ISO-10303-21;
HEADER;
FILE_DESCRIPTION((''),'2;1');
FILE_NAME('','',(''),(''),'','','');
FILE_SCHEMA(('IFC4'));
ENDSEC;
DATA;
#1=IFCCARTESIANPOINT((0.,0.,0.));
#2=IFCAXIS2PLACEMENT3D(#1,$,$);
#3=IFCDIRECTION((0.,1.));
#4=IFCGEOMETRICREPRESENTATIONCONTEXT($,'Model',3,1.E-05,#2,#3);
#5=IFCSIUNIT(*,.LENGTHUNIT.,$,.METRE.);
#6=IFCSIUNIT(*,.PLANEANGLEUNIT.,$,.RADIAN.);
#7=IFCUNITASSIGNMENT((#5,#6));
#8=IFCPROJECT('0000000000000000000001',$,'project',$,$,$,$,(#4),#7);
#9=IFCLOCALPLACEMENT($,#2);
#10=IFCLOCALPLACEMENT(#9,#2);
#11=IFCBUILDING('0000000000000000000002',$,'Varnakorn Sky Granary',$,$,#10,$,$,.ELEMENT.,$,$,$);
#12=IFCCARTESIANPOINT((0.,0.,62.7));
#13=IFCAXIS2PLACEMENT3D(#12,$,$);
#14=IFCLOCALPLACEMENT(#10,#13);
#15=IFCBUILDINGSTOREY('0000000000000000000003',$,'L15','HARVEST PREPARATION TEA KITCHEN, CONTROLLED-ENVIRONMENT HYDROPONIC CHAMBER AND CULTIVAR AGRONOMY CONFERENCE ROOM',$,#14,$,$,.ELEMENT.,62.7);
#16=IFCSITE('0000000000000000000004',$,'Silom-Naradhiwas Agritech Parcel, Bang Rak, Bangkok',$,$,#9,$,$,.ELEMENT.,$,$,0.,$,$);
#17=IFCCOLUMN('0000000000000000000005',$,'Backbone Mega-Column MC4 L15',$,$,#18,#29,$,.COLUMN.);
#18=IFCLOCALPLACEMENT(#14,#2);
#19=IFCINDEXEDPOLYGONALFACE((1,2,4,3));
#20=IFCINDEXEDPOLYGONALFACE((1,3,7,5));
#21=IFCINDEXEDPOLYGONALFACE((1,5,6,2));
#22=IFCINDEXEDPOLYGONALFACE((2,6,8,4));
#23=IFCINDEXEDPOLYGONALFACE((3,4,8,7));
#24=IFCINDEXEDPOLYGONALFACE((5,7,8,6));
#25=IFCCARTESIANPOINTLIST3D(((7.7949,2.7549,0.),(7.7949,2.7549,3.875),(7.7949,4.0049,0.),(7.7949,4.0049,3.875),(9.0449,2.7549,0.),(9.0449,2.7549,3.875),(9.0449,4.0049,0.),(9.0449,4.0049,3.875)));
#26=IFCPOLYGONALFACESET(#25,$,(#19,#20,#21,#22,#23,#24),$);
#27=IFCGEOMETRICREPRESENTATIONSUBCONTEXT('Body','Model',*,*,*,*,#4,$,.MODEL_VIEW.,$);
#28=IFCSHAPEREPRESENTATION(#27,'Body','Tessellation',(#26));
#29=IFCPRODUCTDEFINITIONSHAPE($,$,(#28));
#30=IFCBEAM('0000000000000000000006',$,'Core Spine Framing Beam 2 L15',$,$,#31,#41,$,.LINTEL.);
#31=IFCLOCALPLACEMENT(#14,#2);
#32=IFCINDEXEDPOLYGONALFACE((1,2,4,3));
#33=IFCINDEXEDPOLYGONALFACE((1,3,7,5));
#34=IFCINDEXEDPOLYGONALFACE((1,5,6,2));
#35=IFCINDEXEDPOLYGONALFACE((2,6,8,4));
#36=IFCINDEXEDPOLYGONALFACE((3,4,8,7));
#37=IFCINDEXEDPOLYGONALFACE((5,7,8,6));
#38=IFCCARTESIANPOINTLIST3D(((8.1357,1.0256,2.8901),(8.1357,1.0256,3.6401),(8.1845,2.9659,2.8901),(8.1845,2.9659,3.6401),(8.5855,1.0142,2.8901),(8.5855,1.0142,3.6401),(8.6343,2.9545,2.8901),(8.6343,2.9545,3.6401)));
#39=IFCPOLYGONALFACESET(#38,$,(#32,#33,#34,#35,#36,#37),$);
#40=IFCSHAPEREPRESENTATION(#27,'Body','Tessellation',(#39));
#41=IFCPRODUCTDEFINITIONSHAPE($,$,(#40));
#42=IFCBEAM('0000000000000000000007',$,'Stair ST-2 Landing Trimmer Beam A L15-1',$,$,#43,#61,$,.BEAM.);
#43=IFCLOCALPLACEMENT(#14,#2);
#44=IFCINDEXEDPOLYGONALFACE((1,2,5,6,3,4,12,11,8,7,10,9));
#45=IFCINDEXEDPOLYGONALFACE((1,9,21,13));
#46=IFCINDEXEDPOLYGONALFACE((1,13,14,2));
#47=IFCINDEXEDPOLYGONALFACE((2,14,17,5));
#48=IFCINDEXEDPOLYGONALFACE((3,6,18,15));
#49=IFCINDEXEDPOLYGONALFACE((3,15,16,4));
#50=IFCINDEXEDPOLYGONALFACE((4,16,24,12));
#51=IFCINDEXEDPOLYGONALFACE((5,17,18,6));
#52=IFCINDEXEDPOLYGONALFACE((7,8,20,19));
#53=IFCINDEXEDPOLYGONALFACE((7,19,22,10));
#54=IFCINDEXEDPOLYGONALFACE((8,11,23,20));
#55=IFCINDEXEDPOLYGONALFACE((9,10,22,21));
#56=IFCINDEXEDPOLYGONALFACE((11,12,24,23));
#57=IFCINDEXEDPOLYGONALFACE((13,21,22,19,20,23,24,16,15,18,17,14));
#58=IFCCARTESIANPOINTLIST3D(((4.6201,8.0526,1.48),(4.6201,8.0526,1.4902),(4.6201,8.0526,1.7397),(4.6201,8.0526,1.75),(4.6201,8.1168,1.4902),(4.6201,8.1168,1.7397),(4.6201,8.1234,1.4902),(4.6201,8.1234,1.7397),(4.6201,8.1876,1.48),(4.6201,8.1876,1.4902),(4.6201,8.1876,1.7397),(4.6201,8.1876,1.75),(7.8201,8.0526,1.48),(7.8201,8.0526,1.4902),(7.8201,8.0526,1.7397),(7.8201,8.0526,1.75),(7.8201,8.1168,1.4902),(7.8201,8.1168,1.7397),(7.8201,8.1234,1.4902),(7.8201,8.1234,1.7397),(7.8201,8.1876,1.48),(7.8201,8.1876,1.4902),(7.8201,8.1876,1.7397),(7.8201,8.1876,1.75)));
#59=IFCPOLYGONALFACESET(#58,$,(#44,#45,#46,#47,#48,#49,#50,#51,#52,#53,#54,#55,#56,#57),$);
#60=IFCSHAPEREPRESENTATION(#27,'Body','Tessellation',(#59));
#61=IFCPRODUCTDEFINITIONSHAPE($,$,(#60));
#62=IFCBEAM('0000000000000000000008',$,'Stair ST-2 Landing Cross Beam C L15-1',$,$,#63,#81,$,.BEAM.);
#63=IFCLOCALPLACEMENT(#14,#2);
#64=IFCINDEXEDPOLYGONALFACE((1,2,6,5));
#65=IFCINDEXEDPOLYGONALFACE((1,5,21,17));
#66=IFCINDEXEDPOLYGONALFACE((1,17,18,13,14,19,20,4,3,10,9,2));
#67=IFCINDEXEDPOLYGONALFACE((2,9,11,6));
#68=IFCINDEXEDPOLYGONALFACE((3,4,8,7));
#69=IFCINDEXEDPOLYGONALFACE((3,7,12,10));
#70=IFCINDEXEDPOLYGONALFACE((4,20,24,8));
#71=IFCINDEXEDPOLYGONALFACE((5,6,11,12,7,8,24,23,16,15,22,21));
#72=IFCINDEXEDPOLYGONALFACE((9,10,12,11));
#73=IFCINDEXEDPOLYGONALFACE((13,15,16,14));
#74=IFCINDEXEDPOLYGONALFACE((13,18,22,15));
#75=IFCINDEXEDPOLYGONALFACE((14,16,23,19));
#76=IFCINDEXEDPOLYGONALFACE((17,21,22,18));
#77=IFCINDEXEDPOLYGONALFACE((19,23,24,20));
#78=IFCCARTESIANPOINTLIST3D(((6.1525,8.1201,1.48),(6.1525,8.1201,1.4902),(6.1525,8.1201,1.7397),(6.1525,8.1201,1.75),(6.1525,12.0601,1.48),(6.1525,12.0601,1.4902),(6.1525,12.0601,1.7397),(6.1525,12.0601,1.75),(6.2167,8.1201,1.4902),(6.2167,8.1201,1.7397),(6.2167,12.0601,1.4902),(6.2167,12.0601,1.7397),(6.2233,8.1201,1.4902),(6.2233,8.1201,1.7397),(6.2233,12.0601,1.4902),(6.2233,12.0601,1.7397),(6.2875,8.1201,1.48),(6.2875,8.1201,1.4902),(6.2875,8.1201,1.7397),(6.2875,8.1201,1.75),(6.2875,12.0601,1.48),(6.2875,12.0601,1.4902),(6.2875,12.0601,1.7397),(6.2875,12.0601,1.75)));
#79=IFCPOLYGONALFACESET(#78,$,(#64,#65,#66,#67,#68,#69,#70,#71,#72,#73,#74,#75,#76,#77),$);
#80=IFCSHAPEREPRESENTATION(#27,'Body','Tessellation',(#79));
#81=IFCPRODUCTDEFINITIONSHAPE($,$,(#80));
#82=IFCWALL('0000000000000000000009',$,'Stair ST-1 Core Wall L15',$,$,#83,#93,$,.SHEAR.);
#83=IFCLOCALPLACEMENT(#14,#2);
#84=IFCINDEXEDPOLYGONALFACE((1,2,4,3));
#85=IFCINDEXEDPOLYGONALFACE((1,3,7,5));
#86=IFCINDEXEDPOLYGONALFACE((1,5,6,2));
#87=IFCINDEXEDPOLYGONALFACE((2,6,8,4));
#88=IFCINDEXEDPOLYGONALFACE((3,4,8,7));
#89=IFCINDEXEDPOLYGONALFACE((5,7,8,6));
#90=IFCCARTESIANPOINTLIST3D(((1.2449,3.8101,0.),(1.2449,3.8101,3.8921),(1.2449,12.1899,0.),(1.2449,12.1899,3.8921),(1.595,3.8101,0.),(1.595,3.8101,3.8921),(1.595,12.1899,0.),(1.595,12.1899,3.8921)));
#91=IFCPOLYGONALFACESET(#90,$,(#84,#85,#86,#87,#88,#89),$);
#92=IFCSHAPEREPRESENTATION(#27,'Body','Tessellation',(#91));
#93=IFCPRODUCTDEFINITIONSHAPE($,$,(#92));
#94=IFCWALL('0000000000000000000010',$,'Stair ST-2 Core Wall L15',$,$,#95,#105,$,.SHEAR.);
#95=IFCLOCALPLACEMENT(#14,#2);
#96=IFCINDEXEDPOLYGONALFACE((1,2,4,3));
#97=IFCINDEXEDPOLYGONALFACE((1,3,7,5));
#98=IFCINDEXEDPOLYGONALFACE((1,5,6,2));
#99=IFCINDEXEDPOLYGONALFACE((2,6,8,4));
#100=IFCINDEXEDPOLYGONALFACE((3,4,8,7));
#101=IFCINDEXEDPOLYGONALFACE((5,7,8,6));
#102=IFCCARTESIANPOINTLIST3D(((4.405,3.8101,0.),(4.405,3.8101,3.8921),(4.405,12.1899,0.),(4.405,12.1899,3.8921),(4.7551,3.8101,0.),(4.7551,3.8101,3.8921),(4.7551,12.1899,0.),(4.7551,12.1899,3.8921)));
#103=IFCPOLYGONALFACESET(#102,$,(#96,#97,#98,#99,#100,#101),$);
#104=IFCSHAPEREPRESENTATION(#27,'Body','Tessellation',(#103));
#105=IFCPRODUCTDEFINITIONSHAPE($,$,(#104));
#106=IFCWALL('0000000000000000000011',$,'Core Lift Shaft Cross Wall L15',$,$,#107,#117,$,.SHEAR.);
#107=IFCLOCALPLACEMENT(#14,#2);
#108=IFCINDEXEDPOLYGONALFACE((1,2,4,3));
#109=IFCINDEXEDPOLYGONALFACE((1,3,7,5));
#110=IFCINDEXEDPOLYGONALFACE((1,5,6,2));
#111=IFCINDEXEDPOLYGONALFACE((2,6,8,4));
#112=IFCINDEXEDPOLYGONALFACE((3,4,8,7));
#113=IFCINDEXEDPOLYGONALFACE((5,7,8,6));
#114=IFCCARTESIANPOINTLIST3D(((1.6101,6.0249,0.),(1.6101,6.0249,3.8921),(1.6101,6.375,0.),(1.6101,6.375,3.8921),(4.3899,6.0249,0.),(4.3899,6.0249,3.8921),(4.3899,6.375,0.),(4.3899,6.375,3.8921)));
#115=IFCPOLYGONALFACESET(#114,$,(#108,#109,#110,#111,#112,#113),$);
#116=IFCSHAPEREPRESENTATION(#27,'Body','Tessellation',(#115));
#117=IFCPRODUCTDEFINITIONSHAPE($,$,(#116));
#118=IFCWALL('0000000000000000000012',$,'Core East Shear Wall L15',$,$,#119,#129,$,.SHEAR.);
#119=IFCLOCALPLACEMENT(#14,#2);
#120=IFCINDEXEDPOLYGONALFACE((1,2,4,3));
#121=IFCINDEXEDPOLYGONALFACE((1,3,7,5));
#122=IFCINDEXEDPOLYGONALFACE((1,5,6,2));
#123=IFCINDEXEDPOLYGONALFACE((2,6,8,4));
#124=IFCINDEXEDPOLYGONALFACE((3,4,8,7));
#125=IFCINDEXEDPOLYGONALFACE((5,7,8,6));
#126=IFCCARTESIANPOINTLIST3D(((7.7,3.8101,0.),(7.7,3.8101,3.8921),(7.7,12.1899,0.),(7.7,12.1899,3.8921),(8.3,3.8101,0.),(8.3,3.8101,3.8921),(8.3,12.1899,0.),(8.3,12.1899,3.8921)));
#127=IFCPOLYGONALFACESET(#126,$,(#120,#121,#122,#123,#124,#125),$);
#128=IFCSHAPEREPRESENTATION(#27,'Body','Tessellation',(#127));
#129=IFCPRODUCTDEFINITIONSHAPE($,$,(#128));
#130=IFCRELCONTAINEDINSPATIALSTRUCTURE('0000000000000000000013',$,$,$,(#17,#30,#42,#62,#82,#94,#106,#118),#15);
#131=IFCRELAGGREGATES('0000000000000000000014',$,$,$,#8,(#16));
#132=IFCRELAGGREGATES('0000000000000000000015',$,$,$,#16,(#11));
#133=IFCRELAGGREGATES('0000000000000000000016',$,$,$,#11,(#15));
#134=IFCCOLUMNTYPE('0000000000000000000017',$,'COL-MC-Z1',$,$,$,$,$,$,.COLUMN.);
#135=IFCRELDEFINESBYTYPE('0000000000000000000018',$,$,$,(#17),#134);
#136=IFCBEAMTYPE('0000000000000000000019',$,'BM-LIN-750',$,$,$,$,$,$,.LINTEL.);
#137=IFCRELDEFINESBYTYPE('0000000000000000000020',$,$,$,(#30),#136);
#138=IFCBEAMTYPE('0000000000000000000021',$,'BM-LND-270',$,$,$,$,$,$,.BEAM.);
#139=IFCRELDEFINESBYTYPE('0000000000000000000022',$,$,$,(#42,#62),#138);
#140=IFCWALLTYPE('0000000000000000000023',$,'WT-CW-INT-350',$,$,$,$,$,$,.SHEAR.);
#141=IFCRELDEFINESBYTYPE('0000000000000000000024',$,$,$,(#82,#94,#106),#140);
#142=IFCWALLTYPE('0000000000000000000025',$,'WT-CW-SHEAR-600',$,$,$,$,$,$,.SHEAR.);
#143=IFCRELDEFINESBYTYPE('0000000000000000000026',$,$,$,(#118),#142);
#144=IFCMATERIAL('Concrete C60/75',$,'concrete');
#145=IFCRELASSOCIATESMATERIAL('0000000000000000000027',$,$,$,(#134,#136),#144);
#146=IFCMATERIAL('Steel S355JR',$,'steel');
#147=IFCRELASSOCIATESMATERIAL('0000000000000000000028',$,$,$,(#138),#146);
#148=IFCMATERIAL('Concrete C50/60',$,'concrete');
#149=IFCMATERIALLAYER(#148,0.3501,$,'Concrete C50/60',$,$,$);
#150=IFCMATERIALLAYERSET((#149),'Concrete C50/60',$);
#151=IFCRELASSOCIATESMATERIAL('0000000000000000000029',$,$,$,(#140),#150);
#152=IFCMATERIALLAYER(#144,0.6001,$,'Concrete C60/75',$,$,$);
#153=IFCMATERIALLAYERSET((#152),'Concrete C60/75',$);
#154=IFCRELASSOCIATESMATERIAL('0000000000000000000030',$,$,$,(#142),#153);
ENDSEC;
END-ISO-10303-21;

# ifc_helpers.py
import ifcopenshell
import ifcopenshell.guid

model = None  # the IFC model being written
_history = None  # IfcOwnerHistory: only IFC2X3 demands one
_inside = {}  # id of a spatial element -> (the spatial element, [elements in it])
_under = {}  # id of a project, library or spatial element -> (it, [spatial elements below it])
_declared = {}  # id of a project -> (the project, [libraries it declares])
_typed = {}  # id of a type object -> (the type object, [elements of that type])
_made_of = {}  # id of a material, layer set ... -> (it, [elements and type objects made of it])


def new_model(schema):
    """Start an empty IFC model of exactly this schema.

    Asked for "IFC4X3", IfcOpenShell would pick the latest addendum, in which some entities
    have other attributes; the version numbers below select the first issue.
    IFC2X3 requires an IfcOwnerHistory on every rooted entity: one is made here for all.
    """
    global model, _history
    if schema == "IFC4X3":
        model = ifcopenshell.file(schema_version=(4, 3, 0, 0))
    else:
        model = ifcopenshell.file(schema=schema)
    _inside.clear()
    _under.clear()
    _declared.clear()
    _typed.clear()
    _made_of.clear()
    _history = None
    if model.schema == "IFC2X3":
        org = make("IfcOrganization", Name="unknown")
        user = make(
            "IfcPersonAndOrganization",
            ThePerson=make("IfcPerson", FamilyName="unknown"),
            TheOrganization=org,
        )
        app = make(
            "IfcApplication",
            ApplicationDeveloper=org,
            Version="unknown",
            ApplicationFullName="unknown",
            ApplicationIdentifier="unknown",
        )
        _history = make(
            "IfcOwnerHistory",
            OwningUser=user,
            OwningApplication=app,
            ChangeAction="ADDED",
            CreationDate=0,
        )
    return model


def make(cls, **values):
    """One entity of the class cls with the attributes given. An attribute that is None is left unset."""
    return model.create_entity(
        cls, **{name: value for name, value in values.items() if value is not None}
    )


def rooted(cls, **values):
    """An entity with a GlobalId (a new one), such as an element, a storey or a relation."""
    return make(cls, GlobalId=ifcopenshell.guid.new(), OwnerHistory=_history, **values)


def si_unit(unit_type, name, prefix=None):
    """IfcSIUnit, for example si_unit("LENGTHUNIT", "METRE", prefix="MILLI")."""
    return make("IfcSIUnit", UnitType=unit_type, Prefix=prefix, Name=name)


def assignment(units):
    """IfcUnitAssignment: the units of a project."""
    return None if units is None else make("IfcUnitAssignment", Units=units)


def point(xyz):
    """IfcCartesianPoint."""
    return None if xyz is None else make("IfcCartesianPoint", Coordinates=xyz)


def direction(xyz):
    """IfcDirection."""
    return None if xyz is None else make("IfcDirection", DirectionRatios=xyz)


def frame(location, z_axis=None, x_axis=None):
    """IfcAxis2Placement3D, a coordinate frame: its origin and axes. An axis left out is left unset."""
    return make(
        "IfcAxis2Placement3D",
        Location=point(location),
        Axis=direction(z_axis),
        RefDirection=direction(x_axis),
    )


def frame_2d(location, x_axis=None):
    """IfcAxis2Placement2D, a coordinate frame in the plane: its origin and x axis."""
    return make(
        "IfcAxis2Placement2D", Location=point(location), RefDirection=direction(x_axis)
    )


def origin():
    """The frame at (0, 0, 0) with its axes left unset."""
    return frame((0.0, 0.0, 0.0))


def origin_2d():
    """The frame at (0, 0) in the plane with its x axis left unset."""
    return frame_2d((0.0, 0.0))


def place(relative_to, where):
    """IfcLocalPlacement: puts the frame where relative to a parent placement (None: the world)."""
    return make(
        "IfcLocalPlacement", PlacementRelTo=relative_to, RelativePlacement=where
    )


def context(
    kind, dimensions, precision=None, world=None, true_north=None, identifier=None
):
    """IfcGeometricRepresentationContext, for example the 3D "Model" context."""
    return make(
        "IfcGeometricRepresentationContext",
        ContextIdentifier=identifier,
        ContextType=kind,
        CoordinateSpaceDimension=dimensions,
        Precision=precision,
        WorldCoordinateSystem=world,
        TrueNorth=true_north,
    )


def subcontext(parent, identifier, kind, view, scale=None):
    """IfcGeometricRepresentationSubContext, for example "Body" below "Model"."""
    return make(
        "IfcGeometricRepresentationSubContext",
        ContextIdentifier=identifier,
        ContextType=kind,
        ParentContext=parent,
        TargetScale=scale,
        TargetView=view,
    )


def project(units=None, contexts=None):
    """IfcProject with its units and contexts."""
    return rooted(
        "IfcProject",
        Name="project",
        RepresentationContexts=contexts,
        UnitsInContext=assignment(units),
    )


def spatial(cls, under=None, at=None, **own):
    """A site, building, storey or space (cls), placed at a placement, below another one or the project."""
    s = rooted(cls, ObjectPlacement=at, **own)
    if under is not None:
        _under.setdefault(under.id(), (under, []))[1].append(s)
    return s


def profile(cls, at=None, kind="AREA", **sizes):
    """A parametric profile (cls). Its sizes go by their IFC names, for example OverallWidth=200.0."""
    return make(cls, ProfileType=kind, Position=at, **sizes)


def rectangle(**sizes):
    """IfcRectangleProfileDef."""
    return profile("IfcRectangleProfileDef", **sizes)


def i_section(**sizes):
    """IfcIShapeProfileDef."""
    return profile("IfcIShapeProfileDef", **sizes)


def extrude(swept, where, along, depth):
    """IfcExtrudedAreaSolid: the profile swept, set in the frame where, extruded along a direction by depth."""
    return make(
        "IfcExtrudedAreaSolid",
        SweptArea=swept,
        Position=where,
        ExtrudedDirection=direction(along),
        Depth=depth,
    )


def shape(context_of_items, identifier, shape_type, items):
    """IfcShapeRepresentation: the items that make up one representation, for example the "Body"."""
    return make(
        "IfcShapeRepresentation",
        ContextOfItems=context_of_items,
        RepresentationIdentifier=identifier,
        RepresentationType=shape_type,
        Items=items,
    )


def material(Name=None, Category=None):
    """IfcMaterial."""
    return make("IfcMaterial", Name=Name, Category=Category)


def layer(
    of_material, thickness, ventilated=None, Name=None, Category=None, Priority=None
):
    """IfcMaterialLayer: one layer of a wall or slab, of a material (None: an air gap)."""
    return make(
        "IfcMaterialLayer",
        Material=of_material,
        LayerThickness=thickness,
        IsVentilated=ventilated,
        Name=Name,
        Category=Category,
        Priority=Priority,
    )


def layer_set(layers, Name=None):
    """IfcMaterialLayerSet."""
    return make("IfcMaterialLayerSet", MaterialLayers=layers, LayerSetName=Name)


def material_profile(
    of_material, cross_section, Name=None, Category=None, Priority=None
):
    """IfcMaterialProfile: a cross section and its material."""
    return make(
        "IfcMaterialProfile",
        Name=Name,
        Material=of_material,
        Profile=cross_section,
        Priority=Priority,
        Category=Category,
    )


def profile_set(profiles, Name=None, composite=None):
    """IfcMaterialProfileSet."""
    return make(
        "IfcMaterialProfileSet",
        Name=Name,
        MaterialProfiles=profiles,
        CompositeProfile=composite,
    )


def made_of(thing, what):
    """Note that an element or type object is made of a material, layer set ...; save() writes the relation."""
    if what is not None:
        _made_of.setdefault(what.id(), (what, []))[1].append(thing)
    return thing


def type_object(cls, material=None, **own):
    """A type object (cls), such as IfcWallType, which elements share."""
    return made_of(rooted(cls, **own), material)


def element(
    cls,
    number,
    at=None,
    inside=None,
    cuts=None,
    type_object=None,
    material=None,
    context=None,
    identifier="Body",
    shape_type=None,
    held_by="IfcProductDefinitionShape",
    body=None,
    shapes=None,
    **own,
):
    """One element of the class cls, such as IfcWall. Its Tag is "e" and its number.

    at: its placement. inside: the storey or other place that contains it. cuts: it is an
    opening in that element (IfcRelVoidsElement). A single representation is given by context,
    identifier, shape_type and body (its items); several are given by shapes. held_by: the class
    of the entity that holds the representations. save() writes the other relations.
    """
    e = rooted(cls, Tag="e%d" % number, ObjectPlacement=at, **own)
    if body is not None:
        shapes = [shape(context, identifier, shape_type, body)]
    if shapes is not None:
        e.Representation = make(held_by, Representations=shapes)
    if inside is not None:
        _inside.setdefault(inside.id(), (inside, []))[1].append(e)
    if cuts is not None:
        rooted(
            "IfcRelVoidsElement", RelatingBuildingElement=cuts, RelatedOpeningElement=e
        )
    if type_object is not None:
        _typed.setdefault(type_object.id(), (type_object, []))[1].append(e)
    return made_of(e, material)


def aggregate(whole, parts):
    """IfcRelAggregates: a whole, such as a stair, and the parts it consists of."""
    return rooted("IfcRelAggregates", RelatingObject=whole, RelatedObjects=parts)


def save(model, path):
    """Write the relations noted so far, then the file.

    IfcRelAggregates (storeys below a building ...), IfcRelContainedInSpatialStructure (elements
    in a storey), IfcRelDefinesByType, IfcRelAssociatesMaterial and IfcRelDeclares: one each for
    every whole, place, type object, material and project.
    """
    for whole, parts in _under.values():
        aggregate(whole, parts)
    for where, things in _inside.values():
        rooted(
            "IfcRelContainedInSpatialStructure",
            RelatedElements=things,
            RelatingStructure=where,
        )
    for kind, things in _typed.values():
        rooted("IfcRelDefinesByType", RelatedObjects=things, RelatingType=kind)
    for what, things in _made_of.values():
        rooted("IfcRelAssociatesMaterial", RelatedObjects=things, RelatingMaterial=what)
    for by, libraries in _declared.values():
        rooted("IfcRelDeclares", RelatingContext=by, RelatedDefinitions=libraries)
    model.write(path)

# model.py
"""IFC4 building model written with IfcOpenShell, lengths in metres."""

from ifc_helpers import new_model, si_unit, direction, frame, frame_2d, origin, origin_2d, place, context, subcontext, project, spatial, rectangle, i_section, extrude, material, layer, layer_set, material_profile, profile_set, type_object, element, save


model = new_model("IFC4")

# Units and contexts
model_context = context("Model", 3, precision=1e-05, world=origin(), true_north=direction((0.0, 1.0)))
body_context = subcontext(model_context, "Body", "Model", "MODEL_VIEW")
ifc_project = project(units=[si_unit("LENGTHUNIT", "METRE"), si_unit("PLANEANGLEUNIT", "RADIAN")], contexts=[model_context])

# Site, building, storey
site_placement = place(None, origin())
site = spatial("IfcSite", under=ifc_project, at=site_placement, Name="Silom-Naradhiwas Agritech Parcel, Bang Rak, Bangkok", CompositionType="ELEMENT", RefElevation=0.0)
building_placement = place(site_placement, origin())
building = spatial("IfcBuilding", under=site, at=building_placement, Name="Varnakorn Sky Granary", CompositionType="ELEMENT")
storey_placement = place(building_placement, frame((0.0, 0.0, 62.7)))
storey = spatial("IfcBuildingStorey", under=building, at=storey_placement, Name="L15", Description="HARVEST PREPARATION TEA KITCHEN, CONTROLLED-ENVIRONMENT HYDROPONIC CHAMBER AND CULTIVAR AGRONOMY CONFERENCE ROOM", CompositionType="ELEMENT", Elevation=62.7)

# Column
ifc_material_1 = material(Name="Concrete C60/75", Category="concrete")
ifc_material_profile_1 = material_profile(ifc_material_1, rectangle(XDim=1.25, YDim=1.25, at=origin_2d()), Name="RC 1250x1250")
ifc_profile_set_1 = profile_set([ifc_material_profile_1], Name="Concrete C60/75")
column_type = type_object("IfcColumnType", Name="COL-MC-Z1", PredefinedType="COLUMN", material=ifc_profile_set_1)
column_placement = place(storey_placement, frame((8.4199, 3.3799, 0.0), z_axis=(0.0, 0.0, 1.0), x_axis=(1.0, 0.0, 0.0)))
element("IfcColumn", 1, at=column_placement, inside=storey, type_object=column_type, Name="Backbone Mega-Column MC4 L15", PredefinedType="COLUMN", context=body_context, shape_type="SweptSolid", body=[
    extrude(rectangle(XDim=1.25, YDim=1.25, at=origin_2d()), origin(), (0.0, 0.0, 1.0), 3.875),
])

# Beams
ifc_material_profile_2 = material_profile(ifc_material_1, rectangle(XDim=0.45, YDim=0.75, at=origin_2d()), Name="RC 450x750")
ifc_profile_set_2 = profile_set([ifc_material_profile_2], Name="Concrete C60/75")
beam_type_1 = type_object("IfcBeamType", Name="BM-LIN-750", PredefinedType="LINTEL", material=ifc_profile_set_2)
beam_1_placement = place(storey_placement, frame((8.4094, 2.9602, 3.2651), z_axis=(-0.025159, -0.999683, 0.0), x_axis=(0.999683, -0.025159, 0.0)))
element("IfcBeam", 2, at=beam_1_placement, inside=storey, type_object=beam_type_1, Name="Core Spine Framing Beam 2 L15", PredefinedType="LINTEL", context=body_context, shape_type="SweptSolid", body=[
    extrude(rectangle(XDim=0.45, YDim=0.75, at=origin_2d()), origin(), (0.0, 0.0, 1.0), 1.9409),
])
ifc_material_2 = material(Name="Steel S355JR", Category="steel")
ifc_material_profile_3 = material_profile(ifc_material_2, i_section(OverallWidth=0.135, OverallDepth=0.27, WebThickness=0.0066, FlangeThickness=0.0103, at=origin_2d()), Name="IPE 270")
ifc_profile_set_3 = profile_set([ifc_material_profile_3], Name="Steel S355JR")
beam_type_2 = type_object("IfcBeamType", Name="BM-LND-270", PredefinedType="BEAM", material=ifc_profile_set_3)
beam_2_placement = place(storey_placement, frame((4.6201, 8.1201, 1.615), z_axis=(1.0, 0.0, 0.0), x_axis=(0.0, 1.0, 0.0)))
element("IfcBeam", 3, at=beam_2_placement, inside=storey, type_object=beam_type_2, Name="Stair ST-2 Landing Trimmer Beam A L15-1", PredefinedType="BEAM", context=body_context, shape_type="SweptSolid", body=[
    extrude(i_section(OverallWidth=0.135, OverallDepth=0.27, WebThickness=0.0066, FlangeThickness=0.0103, at=origin_2d()), origin(), (0.0, 0.0, 1.0), 3.2),
])
beam_3_placement = place(storey_placement, frame((6.22, 8.1201, 1.615), z_axis=(0.0, 1.0, 0.0), x_axis=(-1.0, 0.0, 0.0)))
element("IfcBeam", 4, at=beam_3_placement, inside=storey, type_object=beam_type_2, Name="Stair ST-2 Landing Cross Beam C L15-1", PredefinedType="BEAM", context=body_context, shape_type="SweptSolid", body=[
    extrude(i_section(OverallWidth=0.135, OverallDepth=0.27, WebThickness=0.0066, FlangeThickness=0.0103, at=origin_2d()), origin(), (0.0, 0.0, 1.0), 3.9399),
])

# Walls
ifc_material_3 = material(Name="Concrete C50/60", Category="concrete")
ifc_layer_1 = layer(ifc_material_3, 0.3501, Name="Concrete C50/60")
ifc_layer_set_1 = layer_set([ifc_layer_1], Name="Concrete C50/60")
wall_type_1 = type_object("IfcWallType", Name="WT-CW-INT-350", PredefinedType="SHEAR", material=ifc_layer_set_1)
for number, where, z_axis, x_axis, name in (
    (5, (1.4199, 3.8101, 0.0), (0.0, 0.0, 1.0), (0.0, 1.0, 0.0), "Stair ST-1 Core Wall L15"),
    (6, (4.5801, 3.8101, 0.0), (0.0, 0.0, 1.0), (0.0, 1.0, 0.0), "Stair ST-2 Core Wall L15"),
):
    element("IfcWall", number, at=place(storey_placement, frame(where, z_axis=z_axis, x_axis=x_axis)), inside=storey, type_object=wall_type_1, Name=name, PredefinedType="SHEAR", context=body_context, shape_type="SweptSolid", body=[
        extrude(rectangle(XDim=8.3799, YDim=0.3501, at=frame_2d((4.1899, 0.0))), origin(), (0.0, 0.0, 1.0), 3.8921),
    ])
wall_1_placement = place(storey_placement, frame((1.6101, 6.2, 0.0), z_axis=(0.0, 0.0, 1.0), x_axis=(1.0, 0.0, 0.0)))
element("IfcWall", 7, at=wall_1_placement, inside=storey, type_object=wall_type_1, Name="Core Lift Shaft Cross Wall L15", PredefinedType="SHEAR", context=body_context, shape_type="SweptSolid", body=[
    extrude(rectangle(XDim=2.7798, YDim=0.3501, at=frame_2d((1.3899, 0.0))), origin(), (0.0, 0.0, 1.0), 3.8921),
])
ifc_layer_2 = layer(ifc_material_1, 0.6001, Name="Concrete C60/75")
ifc_layer_set_2 = layer_set([ifc_layer_2], Name="Concrete C60/75")
wall_type_2 = type_object("IfcWallType", Name="WT-CW-SHEAR-600", PredefinedType="SHEAR", material=ifc_layer_set_2)
wall_2_placement = place(storey_placement, frame((8.0, 3.8101, 0.0), z_axis=(0.0, 0.0, 1.0), x_axis=(0.0, 1.0, 0.0)))
element("IfcWall", 8, at=wall_2_placement, inside=storey, type_object=wall_type_2, Name="Core East Shear Wall L15", PredefinedType="SHEAR", context=body_context, shape_type="SweptSolid", body=[
    extrude(rectangle(XDim=8.3799, YDim=0.6001, at=frame_2d((4.1899, 0.0))), origin(), (0.0, 0.0, 1.0), 3.8921),
])

save(model, "model.ifc")
